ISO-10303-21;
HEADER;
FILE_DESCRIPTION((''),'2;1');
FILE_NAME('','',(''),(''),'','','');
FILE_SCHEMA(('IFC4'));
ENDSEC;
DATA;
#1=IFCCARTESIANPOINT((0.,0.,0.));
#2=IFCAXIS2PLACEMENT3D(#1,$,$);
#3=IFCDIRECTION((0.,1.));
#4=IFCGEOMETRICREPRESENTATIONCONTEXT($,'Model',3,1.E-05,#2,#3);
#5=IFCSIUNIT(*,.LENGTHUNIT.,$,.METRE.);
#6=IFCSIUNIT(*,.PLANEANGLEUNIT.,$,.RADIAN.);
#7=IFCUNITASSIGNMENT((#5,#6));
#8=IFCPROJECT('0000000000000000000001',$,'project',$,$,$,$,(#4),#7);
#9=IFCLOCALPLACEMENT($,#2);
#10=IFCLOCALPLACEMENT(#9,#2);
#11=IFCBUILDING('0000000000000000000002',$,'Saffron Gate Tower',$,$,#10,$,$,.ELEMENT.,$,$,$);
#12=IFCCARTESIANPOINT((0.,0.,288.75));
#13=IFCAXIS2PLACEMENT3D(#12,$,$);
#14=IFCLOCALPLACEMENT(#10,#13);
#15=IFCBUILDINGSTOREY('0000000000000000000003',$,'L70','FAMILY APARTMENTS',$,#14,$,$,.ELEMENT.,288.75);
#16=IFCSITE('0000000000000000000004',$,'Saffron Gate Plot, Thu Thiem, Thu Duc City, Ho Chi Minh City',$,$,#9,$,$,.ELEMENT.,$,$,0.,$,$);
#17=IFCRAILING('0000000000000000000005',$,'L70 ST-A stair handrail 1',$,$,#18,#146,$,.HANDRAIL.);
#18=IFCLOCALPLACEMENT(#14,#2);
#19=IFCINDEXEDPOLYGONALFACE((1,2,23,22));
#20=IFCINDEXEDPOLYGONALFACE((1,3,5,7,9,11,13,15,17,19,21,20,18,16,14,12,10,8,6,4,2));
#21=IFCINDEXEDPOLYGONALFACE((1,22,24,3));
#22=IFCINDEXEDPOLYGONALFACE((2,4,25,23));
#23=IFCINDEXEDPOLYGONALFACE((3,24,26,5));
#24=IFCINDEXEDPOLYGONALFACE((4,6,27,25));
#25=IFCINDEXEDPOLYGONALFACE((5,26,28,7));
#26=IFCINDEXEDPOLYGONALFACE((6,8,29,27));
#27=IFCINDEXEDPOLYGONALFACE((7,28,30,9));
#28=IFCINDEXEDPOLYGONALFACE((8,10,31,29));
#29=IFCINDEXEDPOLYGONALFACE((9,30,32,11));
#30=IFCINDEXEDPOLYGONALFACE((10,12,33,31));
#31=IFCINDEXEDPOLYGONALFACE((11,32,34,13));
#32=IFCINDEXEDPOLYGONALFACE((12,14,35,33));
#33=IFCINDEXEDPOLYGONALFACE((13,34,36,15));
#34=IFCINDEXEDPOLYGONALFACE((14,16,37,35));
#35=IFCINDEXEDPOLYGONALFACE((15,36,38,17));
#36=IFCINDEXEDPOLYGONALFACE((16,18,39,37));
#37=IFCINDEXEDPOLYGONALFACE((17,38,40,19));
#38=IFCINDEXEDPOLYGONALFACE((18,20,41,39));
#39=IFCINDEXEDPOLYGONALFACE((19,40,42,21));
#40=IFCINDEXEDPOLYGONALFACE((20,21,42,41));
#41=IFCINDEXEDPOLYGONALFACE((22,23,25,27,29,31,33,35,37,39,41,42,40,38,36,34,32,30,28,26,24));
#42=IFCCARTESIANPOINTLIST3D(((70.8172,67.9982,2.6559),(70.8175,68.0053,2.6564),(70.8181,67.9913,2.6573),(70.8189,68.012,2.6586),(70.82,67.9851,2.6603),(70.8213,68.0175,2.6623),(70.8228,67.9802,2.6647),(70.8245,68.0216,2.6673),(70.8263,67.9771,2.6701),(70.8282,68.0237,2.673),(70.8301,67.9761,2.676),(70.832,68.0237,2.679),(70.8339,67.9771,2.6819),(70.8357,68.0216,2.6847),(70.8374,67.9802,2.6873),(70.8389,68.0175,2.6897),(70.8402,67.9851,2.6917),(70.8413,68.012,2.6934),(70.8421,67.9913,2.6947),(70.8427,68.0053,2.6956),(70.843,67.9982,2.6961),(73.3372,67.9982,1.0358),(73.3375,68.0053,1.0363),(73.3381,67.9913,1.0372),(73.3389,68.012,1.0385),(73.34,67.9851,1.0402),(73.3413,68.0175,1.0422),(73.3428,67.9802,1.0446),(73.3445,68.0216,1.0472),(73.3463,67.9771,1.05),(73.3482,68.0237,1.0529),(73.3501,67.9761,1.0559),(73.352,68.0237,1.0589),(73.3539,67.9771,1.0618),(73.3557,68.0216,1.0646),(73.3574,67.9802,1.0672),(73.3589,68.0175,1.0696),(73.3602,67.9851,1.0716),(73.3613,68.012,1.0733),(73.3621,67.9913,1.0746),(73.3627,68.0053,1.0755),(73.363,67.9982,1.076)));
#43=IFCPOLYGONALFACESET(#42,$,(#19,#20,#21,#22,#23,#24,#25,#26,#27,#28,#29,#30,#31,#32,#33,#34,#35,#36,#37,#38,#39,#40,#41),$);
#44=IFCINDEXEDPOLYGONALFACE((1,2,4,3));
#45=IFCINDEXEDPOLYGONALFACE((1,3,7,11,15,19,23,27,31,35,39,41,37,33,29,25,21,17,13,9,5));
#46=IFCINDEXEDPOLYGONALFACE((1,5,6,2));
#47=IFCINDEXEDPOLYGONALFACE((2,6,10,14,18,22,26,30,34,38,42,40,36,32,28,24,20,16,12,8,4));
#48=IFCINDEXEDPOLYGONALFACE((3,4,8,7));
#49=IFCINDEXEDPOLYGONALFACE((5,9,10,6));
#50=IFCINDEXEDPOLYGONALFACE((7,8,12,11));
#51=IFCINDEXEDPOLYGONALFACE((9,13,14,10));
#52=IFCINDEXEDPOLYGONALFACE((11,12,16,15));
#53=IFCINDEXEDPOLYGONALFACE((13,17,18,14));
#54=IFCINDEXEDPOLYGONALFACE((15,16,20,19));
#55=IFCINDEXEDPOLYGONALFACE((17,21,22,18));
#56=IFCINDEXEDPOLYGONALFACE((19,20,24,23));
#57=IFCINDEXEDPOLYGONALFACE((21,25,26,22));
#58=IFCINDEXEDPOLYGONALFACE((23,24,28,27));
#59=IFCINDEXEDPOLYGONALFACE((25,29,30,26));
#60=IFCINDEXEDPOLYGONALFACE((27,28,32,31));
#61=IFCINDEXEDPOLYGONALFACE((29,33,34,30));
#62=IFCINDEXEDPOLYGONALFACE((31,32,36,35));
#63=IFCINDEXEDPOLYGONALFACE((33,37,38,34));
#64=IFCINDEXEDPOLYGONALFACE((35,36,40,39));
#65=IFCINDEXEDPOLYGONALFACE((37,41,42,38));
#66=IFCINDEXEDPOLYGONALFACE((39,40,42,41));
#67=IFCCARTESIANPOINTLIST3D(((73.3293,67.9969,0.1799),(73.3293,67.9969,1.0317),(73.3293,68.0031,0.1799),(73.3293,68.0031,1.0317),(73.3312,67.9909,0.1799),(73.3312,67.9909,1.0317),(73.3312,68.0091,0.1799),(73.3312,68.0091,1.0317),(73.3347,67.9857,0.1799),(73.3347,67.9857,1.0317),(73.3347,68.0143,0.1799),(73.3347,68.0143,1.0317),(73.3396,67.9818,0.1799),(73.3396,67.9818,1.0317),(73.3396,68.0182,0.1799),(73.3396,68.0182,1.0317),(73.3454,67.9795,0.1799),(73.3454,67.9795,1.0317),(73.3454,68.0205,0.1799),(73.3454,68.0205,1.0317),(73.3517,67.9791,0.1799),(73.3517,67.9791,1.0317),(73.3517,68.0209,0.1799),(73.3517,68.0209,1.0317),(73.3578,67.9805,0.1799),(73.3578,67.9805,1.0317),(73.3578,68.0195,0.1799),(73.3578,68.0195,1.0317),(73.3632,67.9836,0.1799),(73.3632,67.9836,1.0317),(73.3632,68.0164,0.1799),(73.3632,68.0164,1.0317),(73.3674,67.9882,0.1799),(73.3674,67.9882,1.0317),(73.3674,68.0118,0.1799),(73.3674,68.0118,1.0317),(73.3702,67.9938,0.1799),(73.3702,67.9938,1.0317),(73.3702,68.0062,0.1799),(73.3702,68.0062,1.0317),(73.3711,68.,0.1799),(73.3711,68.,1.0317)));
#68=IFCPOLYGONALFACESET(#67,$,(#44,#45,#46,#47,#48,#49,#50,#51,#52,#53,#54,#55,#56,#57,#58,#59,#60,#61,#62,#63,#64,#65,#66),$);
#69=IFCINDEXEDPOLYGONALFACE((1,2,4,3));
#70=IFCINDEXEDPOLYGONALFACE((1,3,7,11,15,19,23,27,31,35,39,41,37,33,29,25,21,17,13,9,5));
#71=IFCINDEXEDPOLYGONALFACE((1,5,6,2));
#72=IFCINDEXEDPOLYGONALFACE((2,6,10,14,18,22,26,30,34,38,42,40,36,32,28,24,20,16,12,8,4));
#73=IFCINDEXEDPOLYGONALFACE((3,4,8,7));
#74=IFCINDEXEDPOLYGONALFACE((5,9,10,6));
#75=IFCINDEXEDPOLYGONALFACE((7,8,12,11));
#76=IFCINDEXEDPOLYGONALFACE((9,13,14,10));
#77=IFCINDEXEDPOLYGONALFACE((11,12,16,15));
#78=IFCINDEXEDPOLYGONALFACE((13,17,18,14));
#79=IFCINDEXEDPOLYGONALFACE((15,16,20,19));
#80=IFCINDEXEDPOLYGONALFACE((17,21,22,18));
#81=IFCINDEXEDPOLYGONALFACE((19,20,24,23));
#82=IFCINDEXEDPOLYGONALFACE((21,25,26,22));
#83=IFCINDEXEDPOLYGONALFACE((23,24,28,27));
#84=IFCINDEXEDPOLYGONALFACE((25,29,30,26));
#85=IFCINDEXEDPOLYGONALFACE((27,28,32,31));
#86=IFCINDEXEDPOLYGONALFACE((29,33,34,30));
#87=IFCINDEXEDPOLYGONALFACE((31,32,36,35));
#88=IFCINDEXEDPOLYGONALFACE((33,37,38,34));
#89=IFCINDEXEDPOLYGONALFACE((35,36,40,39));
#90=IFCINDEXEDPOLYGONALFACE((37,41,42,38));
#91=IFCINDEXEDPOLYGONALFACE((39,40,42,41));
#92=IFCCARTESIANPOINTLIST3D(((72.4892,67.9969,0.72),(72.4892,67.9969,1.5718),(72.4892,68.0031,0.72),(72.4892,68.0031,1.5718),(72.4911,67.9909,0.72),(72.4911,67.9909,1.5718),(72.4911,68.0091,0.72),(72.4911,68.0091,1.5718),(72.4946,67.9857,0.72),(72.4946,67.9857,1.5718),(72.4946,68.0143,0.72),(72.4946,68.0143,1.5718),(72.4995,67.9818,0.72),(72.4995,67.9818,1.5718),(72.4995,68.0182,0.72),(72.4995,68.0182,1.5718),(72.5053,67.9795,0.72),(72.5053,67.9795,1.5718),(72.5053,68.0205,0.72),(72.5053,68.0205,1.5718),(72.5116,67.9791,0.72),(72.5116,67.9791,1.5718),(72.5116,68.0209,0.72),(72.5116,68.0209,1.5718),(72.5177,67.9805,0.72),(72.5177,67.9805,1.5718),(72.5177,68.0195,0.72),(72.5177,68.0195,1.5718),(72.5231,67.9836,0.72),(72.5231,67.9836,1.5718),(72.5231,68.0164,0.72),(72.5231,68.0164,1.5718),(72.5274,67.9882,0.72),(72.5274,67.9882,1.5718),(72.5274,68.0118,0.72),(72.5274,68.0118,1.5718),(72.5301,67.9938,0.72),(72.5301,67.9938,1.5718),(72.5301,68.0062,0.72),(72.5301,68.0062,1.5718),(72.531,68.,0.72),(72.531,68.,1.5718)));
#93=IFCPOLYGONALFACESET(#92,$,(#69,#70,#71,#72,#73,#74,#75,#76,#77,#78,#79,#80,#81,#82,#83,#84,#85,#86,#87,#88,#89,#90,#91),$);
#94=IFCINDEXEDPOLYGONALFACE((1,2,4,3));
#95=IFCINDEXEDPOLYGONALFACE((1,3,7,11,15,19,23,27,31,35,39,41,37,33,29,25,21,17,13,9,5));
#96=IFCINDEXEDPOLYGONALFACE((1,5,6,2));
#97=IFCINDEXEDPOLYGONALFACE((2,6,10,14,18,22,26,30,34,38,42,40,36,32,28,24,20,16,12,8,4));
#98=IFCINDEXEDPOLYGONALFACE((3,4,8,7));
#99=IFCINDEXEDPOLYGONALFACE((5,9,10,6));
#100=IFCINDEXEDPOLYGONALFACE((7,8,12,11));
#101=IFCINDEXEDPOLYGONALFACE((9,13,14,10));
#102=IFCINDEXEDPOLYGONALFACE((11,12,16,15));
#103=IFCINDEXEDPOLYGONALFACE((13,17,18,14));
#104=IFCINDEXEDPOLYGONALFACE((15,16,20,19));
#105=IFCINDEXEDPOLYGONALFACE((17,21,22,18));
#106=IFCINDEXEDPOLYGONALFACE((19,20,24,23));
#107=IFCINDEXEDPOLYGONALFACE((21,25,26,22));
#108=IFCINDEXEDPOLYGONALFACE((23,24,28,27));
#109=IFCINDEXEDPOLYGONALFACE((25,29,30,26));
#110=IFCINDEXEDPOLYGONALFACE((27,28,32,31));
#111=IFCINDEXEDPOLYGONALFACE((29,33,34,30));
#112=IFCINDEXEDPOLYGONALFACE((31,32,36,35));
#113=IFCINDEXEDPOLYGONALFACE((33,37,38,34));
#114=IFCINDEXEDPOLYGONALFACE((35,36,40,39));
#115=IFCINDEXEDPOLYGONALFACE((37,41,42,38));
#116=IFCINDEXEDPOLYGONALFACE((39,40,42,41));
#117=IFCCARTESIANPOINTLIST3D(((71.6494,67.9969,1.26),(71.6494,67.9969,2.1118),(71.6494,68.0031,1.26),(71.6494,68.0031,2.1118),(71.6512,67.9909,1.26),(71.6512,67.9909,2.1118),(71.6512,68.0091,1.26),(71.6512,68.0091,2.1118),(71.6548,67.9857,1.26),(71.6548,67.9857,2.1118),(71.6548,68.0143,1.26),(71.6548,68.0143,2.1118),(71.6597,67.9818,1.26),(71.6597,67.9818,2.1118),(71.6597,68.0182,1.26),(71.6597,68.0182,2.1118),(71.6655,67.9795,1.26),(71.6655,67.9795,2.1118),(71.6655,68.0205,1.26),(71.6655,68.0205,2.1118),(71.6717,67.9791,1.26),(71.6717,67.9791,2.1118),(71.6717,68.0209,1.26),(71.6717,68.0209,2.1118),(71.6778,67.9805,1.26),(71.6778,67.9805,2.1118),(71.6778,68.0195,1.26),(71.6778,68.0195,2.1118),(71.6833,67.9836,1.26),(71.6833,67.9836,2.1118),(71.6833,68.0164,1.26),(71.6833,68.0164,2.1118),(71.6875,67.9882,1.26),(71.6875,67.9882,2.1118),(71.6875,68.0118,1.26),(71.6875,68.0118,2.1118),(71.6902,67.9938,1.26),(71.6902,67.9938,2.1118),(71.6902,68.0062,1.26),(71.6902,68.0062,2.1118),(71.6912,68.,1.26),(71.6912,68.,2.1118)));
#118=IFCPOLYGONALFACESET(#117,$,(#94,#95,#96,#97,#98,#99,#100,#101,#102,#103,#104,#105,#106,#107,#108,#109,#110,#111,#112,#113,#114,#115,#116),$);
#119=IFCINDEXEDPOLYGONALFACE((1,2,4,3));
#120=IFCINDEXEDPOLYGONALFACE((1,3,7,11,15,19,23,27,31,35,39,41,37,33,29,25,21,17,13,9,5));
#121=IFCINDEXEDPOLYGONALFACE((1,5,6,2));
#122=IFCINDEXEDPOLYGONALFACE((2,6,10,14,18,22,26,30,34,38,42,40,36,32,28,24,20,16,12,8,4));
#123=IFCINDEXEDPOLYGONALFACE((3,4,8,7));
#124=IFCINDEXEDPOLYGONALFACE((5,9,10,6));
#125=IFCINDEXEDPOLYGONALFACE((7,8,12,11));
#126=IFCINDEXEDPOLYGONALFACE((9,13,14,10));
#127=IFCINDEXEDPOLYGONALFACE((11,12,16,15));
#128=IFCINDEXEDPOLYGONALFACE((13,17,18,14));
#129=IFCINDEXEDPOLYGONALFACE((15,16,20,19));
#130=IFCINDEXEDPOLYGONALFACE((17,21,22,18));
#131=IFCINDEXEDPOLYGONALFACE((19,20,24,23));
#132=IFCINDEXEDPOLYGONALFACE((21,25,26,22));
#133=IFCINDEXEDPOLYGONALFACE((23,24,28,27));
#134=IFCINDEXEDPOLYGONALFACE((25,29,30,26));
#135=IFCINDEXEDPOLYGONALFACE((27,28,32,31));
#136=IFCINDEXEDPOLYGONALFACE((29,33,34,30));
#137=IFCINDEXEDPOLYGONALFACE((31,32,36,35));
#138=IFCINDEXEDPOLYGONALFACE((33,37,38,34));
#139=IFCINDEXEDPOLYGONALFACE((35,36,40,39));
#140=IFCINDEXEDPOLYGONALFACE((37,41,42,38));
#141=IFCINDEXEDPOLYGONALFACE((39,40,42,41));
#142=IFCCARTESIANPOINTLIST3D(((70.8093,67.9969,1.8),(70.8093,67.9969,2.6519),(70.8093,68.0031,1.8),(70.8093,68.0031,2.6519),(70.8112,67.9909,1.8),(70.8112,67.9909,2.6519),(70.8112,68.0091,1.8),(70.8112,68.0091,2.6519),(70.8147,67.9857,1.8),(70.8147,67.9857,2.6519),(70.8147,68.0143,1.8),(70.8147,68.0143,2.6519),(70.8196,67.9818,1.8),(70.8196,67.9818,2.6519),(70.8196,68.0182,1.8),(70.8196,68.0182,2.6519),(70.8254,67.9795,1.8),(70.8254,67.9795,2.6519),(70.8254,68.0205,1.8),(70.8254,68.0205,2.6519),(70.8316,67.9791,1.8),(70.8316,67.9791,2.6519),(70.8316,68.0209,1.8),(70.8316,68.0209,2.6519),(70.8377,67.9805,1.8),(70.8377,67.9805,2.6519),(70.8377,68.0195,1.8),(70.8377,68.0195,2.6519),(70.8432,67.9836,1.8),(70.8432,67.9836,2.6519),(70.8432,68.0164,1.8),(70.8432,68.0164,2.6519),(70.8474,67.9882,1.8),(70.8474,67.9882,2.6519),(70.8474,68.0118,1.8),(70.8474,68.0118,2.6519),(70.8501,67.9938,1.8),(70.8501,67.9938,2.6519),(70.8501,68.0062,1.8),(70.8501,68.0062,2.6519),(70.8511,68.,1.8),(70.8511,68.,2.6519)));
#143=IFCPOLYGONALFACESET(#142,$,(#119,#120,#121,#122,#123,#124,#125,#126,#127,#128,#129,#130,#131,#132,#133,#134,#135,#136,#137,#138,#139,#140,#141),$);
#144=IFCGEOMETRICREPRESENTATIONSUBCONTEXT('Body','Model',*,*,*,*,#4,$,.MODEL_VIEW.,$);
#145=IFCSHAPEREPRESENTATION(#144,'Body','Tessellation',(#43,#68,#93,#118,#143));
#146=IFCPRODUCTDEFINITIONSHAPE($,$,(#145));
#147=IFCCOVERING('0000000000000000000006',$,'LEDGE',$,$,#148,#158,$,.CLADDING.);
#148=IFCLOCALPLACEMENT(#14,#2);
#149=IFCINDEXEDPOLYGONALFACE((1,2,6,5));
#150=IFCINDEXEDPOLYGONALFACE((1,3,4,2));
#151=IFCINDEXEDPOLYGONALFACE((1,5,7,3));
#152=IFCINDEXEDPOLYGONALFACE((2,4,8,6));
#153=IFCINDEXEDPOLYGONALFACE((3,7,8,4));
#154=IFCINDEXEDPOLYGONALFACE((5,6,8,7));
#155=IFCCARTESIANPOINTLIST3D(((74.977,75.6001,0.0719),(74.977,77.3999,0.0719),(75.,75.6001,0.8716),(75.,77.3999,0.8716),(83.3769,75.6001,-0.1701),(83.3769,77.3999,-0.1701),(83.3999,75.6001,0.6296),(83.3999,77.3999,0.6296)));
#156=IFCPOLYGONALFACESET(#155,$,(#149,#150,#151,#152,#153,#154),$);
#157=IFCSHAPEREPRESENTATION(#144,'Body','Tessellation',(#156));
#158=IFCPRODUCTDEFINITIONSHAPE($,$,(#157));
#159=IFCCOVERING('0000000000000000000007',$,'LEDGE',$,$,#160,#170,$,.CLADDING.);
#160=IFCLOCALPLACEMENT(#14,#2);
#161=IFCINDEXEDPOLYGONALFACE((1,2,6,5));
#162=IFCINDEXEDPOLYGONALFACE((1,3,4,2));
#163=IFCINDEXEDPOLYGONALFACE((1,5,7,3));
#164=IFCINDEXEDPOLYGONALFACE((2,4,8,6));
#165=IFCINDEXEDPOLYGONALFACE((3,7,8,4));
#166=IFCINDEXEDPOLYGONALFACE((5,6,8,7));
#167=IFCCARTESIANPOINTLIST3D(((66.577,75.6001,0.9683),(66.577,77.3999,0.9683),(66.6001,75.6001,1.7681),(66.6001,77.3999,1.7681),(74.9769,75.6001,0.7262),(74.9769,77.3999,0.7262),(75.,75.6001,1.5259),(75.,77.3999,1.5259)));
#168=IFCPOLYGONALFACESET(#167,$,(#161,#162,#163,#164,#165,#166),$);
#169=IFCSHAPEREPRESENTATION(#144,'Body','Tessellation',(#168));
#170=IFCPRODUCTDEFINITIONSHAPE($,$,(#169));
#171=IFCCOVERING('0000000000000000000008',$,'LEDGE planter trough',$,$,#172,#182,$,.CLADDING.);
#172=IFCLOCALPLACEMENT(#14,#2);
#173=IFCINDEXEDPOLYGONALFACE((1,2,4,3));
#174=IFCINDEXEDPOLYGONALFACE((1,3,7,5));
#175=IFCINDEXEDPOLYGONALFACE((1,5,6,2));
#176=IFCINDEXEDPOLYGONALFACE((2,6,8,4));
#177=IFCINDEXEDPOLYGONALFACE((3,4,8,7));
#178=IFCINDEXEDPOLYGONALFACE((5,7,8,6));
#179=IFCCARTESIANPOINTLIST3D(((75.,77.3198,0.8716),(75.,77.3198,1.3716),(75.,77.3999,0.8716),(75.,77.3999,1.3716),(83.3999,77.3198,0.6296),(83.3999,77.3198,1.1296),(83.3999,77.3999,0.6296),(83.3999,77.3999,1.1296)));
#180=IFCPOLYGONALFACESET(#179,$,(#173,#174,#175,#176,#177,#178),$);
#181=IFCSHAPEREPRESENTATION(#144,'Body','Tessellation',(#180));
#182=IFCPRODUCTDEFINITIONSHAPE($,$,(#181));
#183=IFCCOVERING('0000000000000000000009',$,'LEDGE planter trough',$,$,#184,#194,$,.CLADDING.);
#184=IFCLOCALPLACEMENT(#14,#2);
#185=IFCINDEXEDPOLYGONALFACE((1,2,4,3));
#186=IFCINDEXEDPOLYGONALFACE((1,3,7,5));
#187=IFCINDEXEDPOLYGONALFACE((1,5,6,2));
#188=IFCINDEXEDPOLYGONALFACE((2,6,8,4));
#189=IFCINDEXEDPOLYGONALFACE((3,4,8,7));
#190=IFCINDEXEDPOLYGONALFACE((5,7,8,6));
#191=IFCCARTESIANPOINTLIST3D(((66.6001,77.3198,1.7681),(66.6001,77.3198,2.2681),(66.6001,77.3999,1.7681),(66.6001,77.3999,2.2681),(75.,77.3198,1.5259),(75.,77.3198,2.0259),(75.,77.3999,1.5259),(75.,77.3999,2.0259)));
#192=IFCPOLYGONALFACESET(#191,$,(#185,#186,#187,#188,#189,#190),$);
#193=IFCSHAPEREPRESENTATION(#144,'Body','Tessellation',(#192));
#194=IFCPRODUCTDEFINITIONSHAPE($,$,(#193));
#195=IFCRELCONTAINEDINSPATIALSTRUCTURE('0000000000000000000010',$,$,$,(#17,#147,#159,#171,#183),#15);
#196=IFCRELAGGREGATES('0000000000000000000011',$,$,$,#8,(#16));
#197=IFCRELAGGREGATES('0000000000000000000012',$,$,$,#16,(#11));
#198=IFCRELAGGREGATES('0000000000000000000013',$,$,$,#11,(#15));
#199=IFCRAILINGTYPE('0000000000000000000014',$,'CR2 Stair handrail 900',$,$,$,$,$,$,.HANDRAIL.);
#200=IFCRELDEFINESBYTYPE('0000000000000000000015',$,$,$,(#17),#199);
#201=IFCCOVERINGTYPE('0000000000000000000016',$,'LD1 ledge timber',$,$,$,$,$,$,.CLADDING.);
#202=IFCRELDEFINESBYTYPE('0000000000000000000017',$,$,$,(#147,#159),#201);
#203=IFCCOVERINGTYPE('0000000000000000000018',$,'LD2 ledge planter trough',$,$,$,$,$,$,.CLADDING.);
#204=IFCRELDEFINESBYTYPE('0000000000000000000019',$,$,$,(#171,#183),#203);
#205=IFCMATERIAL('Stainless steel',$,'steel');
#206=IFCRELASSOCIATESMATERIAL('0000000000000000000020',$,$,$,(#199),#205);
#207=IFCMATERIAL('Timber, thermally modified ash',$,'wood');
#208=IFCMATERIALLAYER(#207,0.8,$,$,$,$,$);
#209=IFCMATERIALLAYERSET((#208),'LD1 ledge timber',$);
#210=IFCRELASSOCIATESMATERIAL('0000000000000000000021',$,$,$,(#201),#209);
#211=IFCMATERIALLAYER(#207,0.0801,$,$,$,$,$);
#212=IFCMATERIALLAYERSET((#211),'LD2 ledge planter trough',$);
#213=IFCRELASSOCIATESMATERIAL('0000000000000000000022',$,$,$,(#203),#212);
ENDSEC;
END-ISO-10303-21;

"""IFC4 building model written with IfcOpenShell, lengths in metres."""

from ifc_helpers import new_model, si_unit, direction, frame, origin, origin_2d, place, context, subcontext, project, spatial, polyline, circle, outline, extrude, material, layer, layer_set, type_object, element, save


model = new_model("IFC4")

# Units and contexts
model_context = context("Model", 3, precision=1e-05, world=origin(), true_north=direction((0.0, 1.0)))
body_context = subcontext(model_context, "Body", "Model", "MODEL_VIEW")
ifc_project = project(units=[si_unit("LENGTHUNIT", "METRE"), si_unit("PLANEANGLEUNIT", "RADIAN")], contexts=[model_context])

# Site, building, storey
site_placement = place(None, origin())
site = spatial("IfcSite", under=ifc_project, at=site_placement, Name="Saffron Gate Plot, Thu Thiem, Thu Duc City, Ho Chi Minh City", CompositionType="ELEMENT", RefElevation=0.0)
building_placement = place(site_placement, origin())
building = spatial("IfcBuilding", under=site, at=building_placement, Name="Saffron Gate Tower", CompositionType="ELEMENT")
storey_placement = place(building_placement, frame((0.0, 0.0, 288.75)))
storey = spatial("IfcBuildingStorey", under=building, at=storey_placement, Name="L70", Description="FAMILY APARTMENTS", CompositionType="ELEMENT", Elevation=288.75)

# Railing
ifc_material_1 = material(Name="Stainless steel", Category="steel")
railing_type_1 = type_object("IfcRailingType", Name="CR2 Stair handrail 900", PredefinedType="HANDRAIL", material=ifc_material_1)
railing_1_placement = place(storey_placement, frame((73.3501, 68.0, 0.1799)))
element("IfcRailing", 1, at=railing_1_placement, inside=storey, type_object=railing_type_1, Name="L70 ST-A stair handrail 1", PredefinedType="HANDRAIL", context=body_context, shape_type="SweptSolid", body=[
    extrude(circle(Radius=0.0239, at=origin_2d()), frame((0.0, 0.0, 0.876), z_axis=(-0.841163, 0.0, 0.540782), x_axis=(0.0, -1.0, 0.0)), (0.0, 0.0, 1.0), 2.9958),
    extrude(circle(Radius=0.021, at=origin_2d()), origin(), (0.0, 0.0, 1.0), 0.8518),
    extrude(circle(Radius=0.021, at=origin_2d()), frame((-0.8401, 0.0, 0.54)), (0.0, 0.0, 1.0), 0.8518),
    extrude(circle(Radius=0.021, at=origin_2d()), frame((-1.6799, 0.0, 1.0801)), (0.0, 0.0, 1.0), 0.8518),
    extrude(circle(Radius=0.021, at=origin_2d()), frame((-2.52, 0.0, 1.6201)), (0.0, 0.0, 1.0), 0.8518),
])

# Coverings
ifc_material_2 = material(Name="Timber, thermally modified ash", Category="wood")
ifc_layer_1 = layer(ifc_material_2, 0.8)
ifc_layer_set_1 = layer_set([ifc_layer_1], Name="LD1 ledge timber")
covering_type_1 = type_object("IfcCoveringType", Name="LD1 ledge timber", PredefinedType="CLADDING", material=ifc_layer_set_1)
covering_1_placement = place(storey_placement, frame((83.3999, 75.6001, 0.6296), z_axis=(0.028791, 0.0, 0.999585), x_axis=(-0.999585, 0.0, 0.028791)))
element("IfcCovering", 2, at=covering_1_placement, inside=storey, type_object=covering_type_1, Name="LEDGE", PredefinedType="CLADDING", context=body_context, shape_type="SweptSolid", body=[
    extrude(outline(polyline([(0.0, 0.0), (8.4034, 0.0), (8.4034, -1.7998), (0.0, -1.7998), (0.0, 0.0)])), origin(), (0.0, 0.0, -1.0), 0.8),
])
covering_2_placement = place(storey_placement, frame((75.0, 75.6001, 1.5259), z_axis=(0.02882, 0.0, 0.999585), x_axis=(-0.999585, 0.0, 0.02882)))
element("IfcCovering", 3, at=covering_2_placement, inside=storey, type_object=covering_type_1, Name="LEDGE", PredefinedType="CLADDING", context=body_context, shape_type="SweptSolid", body=[
    extrude(outline(polyline([(0.0, 0.0), (8.4034, 0.0), (8.4034, -1.7998), (0.0, -1.7998), (0.0, 0.0)])), origin(), (0.0, 0.0, -1.0), 0.8),
])
ifc_layer_2 = layer(ifc_material_2, 0.0801)
ifc_layer_set_2 = layer_set([ifc_layer_2], Name="LD2 ledge planter trough")
covering_type_2 = type_object("IfcCoveringType", Name="LD2 ledge planter trough", PredefinedType="CLADDING", material=ifc_layer_set_2)
covering_3_placement = place(storey_placement, frame((83.3999, 77.3999, 0.6296), z_axis=(0.0, 1.0, 0.0), x_axis=(-0.999585, 0.0, 0.028791)))
element("IfcCovering", 4, at=covering_3_placement, inside=storey, type_object=covering_type_2, Name="LEDGE planter trough", PredefinedType="CLADDING", context=body_context, shape_type="SweptSolid", body=[
    extrude(outline(polyline([(0.0, 0.0), (8.4034, 0.0), (8.4178, 0.4998), (0.0144, 0.4998), (0.0, 0.0)])), origin(), (0.0, 0.0, -1.0), 0.0801),
])
covering_4_placement = place(storey_placement, frame((75.0, 77.3999, 1.5259), z_axis=(0.0, 1.0, 0.0), x_axis=(-0.999585, 0.0, 0.02882)))
element("IfcCovering", 5, at=covering_4_placement, inside=storey, type_object=covering_type_2, Name="LEDGE planter trough", PredefinedType="CLADDING", context=body_context, shape_type="SweptSolid", body=[
    extrude(outline(polyline([(0.0, 0.0), (8.4034, 0.0), (8.4178, 0.4998), (0.0144, 0.4998), (0.0, 0.0)])), origin(), (0.0, 0.0, -1.0), 0.0801),
])

save(model, "model.ifc")
